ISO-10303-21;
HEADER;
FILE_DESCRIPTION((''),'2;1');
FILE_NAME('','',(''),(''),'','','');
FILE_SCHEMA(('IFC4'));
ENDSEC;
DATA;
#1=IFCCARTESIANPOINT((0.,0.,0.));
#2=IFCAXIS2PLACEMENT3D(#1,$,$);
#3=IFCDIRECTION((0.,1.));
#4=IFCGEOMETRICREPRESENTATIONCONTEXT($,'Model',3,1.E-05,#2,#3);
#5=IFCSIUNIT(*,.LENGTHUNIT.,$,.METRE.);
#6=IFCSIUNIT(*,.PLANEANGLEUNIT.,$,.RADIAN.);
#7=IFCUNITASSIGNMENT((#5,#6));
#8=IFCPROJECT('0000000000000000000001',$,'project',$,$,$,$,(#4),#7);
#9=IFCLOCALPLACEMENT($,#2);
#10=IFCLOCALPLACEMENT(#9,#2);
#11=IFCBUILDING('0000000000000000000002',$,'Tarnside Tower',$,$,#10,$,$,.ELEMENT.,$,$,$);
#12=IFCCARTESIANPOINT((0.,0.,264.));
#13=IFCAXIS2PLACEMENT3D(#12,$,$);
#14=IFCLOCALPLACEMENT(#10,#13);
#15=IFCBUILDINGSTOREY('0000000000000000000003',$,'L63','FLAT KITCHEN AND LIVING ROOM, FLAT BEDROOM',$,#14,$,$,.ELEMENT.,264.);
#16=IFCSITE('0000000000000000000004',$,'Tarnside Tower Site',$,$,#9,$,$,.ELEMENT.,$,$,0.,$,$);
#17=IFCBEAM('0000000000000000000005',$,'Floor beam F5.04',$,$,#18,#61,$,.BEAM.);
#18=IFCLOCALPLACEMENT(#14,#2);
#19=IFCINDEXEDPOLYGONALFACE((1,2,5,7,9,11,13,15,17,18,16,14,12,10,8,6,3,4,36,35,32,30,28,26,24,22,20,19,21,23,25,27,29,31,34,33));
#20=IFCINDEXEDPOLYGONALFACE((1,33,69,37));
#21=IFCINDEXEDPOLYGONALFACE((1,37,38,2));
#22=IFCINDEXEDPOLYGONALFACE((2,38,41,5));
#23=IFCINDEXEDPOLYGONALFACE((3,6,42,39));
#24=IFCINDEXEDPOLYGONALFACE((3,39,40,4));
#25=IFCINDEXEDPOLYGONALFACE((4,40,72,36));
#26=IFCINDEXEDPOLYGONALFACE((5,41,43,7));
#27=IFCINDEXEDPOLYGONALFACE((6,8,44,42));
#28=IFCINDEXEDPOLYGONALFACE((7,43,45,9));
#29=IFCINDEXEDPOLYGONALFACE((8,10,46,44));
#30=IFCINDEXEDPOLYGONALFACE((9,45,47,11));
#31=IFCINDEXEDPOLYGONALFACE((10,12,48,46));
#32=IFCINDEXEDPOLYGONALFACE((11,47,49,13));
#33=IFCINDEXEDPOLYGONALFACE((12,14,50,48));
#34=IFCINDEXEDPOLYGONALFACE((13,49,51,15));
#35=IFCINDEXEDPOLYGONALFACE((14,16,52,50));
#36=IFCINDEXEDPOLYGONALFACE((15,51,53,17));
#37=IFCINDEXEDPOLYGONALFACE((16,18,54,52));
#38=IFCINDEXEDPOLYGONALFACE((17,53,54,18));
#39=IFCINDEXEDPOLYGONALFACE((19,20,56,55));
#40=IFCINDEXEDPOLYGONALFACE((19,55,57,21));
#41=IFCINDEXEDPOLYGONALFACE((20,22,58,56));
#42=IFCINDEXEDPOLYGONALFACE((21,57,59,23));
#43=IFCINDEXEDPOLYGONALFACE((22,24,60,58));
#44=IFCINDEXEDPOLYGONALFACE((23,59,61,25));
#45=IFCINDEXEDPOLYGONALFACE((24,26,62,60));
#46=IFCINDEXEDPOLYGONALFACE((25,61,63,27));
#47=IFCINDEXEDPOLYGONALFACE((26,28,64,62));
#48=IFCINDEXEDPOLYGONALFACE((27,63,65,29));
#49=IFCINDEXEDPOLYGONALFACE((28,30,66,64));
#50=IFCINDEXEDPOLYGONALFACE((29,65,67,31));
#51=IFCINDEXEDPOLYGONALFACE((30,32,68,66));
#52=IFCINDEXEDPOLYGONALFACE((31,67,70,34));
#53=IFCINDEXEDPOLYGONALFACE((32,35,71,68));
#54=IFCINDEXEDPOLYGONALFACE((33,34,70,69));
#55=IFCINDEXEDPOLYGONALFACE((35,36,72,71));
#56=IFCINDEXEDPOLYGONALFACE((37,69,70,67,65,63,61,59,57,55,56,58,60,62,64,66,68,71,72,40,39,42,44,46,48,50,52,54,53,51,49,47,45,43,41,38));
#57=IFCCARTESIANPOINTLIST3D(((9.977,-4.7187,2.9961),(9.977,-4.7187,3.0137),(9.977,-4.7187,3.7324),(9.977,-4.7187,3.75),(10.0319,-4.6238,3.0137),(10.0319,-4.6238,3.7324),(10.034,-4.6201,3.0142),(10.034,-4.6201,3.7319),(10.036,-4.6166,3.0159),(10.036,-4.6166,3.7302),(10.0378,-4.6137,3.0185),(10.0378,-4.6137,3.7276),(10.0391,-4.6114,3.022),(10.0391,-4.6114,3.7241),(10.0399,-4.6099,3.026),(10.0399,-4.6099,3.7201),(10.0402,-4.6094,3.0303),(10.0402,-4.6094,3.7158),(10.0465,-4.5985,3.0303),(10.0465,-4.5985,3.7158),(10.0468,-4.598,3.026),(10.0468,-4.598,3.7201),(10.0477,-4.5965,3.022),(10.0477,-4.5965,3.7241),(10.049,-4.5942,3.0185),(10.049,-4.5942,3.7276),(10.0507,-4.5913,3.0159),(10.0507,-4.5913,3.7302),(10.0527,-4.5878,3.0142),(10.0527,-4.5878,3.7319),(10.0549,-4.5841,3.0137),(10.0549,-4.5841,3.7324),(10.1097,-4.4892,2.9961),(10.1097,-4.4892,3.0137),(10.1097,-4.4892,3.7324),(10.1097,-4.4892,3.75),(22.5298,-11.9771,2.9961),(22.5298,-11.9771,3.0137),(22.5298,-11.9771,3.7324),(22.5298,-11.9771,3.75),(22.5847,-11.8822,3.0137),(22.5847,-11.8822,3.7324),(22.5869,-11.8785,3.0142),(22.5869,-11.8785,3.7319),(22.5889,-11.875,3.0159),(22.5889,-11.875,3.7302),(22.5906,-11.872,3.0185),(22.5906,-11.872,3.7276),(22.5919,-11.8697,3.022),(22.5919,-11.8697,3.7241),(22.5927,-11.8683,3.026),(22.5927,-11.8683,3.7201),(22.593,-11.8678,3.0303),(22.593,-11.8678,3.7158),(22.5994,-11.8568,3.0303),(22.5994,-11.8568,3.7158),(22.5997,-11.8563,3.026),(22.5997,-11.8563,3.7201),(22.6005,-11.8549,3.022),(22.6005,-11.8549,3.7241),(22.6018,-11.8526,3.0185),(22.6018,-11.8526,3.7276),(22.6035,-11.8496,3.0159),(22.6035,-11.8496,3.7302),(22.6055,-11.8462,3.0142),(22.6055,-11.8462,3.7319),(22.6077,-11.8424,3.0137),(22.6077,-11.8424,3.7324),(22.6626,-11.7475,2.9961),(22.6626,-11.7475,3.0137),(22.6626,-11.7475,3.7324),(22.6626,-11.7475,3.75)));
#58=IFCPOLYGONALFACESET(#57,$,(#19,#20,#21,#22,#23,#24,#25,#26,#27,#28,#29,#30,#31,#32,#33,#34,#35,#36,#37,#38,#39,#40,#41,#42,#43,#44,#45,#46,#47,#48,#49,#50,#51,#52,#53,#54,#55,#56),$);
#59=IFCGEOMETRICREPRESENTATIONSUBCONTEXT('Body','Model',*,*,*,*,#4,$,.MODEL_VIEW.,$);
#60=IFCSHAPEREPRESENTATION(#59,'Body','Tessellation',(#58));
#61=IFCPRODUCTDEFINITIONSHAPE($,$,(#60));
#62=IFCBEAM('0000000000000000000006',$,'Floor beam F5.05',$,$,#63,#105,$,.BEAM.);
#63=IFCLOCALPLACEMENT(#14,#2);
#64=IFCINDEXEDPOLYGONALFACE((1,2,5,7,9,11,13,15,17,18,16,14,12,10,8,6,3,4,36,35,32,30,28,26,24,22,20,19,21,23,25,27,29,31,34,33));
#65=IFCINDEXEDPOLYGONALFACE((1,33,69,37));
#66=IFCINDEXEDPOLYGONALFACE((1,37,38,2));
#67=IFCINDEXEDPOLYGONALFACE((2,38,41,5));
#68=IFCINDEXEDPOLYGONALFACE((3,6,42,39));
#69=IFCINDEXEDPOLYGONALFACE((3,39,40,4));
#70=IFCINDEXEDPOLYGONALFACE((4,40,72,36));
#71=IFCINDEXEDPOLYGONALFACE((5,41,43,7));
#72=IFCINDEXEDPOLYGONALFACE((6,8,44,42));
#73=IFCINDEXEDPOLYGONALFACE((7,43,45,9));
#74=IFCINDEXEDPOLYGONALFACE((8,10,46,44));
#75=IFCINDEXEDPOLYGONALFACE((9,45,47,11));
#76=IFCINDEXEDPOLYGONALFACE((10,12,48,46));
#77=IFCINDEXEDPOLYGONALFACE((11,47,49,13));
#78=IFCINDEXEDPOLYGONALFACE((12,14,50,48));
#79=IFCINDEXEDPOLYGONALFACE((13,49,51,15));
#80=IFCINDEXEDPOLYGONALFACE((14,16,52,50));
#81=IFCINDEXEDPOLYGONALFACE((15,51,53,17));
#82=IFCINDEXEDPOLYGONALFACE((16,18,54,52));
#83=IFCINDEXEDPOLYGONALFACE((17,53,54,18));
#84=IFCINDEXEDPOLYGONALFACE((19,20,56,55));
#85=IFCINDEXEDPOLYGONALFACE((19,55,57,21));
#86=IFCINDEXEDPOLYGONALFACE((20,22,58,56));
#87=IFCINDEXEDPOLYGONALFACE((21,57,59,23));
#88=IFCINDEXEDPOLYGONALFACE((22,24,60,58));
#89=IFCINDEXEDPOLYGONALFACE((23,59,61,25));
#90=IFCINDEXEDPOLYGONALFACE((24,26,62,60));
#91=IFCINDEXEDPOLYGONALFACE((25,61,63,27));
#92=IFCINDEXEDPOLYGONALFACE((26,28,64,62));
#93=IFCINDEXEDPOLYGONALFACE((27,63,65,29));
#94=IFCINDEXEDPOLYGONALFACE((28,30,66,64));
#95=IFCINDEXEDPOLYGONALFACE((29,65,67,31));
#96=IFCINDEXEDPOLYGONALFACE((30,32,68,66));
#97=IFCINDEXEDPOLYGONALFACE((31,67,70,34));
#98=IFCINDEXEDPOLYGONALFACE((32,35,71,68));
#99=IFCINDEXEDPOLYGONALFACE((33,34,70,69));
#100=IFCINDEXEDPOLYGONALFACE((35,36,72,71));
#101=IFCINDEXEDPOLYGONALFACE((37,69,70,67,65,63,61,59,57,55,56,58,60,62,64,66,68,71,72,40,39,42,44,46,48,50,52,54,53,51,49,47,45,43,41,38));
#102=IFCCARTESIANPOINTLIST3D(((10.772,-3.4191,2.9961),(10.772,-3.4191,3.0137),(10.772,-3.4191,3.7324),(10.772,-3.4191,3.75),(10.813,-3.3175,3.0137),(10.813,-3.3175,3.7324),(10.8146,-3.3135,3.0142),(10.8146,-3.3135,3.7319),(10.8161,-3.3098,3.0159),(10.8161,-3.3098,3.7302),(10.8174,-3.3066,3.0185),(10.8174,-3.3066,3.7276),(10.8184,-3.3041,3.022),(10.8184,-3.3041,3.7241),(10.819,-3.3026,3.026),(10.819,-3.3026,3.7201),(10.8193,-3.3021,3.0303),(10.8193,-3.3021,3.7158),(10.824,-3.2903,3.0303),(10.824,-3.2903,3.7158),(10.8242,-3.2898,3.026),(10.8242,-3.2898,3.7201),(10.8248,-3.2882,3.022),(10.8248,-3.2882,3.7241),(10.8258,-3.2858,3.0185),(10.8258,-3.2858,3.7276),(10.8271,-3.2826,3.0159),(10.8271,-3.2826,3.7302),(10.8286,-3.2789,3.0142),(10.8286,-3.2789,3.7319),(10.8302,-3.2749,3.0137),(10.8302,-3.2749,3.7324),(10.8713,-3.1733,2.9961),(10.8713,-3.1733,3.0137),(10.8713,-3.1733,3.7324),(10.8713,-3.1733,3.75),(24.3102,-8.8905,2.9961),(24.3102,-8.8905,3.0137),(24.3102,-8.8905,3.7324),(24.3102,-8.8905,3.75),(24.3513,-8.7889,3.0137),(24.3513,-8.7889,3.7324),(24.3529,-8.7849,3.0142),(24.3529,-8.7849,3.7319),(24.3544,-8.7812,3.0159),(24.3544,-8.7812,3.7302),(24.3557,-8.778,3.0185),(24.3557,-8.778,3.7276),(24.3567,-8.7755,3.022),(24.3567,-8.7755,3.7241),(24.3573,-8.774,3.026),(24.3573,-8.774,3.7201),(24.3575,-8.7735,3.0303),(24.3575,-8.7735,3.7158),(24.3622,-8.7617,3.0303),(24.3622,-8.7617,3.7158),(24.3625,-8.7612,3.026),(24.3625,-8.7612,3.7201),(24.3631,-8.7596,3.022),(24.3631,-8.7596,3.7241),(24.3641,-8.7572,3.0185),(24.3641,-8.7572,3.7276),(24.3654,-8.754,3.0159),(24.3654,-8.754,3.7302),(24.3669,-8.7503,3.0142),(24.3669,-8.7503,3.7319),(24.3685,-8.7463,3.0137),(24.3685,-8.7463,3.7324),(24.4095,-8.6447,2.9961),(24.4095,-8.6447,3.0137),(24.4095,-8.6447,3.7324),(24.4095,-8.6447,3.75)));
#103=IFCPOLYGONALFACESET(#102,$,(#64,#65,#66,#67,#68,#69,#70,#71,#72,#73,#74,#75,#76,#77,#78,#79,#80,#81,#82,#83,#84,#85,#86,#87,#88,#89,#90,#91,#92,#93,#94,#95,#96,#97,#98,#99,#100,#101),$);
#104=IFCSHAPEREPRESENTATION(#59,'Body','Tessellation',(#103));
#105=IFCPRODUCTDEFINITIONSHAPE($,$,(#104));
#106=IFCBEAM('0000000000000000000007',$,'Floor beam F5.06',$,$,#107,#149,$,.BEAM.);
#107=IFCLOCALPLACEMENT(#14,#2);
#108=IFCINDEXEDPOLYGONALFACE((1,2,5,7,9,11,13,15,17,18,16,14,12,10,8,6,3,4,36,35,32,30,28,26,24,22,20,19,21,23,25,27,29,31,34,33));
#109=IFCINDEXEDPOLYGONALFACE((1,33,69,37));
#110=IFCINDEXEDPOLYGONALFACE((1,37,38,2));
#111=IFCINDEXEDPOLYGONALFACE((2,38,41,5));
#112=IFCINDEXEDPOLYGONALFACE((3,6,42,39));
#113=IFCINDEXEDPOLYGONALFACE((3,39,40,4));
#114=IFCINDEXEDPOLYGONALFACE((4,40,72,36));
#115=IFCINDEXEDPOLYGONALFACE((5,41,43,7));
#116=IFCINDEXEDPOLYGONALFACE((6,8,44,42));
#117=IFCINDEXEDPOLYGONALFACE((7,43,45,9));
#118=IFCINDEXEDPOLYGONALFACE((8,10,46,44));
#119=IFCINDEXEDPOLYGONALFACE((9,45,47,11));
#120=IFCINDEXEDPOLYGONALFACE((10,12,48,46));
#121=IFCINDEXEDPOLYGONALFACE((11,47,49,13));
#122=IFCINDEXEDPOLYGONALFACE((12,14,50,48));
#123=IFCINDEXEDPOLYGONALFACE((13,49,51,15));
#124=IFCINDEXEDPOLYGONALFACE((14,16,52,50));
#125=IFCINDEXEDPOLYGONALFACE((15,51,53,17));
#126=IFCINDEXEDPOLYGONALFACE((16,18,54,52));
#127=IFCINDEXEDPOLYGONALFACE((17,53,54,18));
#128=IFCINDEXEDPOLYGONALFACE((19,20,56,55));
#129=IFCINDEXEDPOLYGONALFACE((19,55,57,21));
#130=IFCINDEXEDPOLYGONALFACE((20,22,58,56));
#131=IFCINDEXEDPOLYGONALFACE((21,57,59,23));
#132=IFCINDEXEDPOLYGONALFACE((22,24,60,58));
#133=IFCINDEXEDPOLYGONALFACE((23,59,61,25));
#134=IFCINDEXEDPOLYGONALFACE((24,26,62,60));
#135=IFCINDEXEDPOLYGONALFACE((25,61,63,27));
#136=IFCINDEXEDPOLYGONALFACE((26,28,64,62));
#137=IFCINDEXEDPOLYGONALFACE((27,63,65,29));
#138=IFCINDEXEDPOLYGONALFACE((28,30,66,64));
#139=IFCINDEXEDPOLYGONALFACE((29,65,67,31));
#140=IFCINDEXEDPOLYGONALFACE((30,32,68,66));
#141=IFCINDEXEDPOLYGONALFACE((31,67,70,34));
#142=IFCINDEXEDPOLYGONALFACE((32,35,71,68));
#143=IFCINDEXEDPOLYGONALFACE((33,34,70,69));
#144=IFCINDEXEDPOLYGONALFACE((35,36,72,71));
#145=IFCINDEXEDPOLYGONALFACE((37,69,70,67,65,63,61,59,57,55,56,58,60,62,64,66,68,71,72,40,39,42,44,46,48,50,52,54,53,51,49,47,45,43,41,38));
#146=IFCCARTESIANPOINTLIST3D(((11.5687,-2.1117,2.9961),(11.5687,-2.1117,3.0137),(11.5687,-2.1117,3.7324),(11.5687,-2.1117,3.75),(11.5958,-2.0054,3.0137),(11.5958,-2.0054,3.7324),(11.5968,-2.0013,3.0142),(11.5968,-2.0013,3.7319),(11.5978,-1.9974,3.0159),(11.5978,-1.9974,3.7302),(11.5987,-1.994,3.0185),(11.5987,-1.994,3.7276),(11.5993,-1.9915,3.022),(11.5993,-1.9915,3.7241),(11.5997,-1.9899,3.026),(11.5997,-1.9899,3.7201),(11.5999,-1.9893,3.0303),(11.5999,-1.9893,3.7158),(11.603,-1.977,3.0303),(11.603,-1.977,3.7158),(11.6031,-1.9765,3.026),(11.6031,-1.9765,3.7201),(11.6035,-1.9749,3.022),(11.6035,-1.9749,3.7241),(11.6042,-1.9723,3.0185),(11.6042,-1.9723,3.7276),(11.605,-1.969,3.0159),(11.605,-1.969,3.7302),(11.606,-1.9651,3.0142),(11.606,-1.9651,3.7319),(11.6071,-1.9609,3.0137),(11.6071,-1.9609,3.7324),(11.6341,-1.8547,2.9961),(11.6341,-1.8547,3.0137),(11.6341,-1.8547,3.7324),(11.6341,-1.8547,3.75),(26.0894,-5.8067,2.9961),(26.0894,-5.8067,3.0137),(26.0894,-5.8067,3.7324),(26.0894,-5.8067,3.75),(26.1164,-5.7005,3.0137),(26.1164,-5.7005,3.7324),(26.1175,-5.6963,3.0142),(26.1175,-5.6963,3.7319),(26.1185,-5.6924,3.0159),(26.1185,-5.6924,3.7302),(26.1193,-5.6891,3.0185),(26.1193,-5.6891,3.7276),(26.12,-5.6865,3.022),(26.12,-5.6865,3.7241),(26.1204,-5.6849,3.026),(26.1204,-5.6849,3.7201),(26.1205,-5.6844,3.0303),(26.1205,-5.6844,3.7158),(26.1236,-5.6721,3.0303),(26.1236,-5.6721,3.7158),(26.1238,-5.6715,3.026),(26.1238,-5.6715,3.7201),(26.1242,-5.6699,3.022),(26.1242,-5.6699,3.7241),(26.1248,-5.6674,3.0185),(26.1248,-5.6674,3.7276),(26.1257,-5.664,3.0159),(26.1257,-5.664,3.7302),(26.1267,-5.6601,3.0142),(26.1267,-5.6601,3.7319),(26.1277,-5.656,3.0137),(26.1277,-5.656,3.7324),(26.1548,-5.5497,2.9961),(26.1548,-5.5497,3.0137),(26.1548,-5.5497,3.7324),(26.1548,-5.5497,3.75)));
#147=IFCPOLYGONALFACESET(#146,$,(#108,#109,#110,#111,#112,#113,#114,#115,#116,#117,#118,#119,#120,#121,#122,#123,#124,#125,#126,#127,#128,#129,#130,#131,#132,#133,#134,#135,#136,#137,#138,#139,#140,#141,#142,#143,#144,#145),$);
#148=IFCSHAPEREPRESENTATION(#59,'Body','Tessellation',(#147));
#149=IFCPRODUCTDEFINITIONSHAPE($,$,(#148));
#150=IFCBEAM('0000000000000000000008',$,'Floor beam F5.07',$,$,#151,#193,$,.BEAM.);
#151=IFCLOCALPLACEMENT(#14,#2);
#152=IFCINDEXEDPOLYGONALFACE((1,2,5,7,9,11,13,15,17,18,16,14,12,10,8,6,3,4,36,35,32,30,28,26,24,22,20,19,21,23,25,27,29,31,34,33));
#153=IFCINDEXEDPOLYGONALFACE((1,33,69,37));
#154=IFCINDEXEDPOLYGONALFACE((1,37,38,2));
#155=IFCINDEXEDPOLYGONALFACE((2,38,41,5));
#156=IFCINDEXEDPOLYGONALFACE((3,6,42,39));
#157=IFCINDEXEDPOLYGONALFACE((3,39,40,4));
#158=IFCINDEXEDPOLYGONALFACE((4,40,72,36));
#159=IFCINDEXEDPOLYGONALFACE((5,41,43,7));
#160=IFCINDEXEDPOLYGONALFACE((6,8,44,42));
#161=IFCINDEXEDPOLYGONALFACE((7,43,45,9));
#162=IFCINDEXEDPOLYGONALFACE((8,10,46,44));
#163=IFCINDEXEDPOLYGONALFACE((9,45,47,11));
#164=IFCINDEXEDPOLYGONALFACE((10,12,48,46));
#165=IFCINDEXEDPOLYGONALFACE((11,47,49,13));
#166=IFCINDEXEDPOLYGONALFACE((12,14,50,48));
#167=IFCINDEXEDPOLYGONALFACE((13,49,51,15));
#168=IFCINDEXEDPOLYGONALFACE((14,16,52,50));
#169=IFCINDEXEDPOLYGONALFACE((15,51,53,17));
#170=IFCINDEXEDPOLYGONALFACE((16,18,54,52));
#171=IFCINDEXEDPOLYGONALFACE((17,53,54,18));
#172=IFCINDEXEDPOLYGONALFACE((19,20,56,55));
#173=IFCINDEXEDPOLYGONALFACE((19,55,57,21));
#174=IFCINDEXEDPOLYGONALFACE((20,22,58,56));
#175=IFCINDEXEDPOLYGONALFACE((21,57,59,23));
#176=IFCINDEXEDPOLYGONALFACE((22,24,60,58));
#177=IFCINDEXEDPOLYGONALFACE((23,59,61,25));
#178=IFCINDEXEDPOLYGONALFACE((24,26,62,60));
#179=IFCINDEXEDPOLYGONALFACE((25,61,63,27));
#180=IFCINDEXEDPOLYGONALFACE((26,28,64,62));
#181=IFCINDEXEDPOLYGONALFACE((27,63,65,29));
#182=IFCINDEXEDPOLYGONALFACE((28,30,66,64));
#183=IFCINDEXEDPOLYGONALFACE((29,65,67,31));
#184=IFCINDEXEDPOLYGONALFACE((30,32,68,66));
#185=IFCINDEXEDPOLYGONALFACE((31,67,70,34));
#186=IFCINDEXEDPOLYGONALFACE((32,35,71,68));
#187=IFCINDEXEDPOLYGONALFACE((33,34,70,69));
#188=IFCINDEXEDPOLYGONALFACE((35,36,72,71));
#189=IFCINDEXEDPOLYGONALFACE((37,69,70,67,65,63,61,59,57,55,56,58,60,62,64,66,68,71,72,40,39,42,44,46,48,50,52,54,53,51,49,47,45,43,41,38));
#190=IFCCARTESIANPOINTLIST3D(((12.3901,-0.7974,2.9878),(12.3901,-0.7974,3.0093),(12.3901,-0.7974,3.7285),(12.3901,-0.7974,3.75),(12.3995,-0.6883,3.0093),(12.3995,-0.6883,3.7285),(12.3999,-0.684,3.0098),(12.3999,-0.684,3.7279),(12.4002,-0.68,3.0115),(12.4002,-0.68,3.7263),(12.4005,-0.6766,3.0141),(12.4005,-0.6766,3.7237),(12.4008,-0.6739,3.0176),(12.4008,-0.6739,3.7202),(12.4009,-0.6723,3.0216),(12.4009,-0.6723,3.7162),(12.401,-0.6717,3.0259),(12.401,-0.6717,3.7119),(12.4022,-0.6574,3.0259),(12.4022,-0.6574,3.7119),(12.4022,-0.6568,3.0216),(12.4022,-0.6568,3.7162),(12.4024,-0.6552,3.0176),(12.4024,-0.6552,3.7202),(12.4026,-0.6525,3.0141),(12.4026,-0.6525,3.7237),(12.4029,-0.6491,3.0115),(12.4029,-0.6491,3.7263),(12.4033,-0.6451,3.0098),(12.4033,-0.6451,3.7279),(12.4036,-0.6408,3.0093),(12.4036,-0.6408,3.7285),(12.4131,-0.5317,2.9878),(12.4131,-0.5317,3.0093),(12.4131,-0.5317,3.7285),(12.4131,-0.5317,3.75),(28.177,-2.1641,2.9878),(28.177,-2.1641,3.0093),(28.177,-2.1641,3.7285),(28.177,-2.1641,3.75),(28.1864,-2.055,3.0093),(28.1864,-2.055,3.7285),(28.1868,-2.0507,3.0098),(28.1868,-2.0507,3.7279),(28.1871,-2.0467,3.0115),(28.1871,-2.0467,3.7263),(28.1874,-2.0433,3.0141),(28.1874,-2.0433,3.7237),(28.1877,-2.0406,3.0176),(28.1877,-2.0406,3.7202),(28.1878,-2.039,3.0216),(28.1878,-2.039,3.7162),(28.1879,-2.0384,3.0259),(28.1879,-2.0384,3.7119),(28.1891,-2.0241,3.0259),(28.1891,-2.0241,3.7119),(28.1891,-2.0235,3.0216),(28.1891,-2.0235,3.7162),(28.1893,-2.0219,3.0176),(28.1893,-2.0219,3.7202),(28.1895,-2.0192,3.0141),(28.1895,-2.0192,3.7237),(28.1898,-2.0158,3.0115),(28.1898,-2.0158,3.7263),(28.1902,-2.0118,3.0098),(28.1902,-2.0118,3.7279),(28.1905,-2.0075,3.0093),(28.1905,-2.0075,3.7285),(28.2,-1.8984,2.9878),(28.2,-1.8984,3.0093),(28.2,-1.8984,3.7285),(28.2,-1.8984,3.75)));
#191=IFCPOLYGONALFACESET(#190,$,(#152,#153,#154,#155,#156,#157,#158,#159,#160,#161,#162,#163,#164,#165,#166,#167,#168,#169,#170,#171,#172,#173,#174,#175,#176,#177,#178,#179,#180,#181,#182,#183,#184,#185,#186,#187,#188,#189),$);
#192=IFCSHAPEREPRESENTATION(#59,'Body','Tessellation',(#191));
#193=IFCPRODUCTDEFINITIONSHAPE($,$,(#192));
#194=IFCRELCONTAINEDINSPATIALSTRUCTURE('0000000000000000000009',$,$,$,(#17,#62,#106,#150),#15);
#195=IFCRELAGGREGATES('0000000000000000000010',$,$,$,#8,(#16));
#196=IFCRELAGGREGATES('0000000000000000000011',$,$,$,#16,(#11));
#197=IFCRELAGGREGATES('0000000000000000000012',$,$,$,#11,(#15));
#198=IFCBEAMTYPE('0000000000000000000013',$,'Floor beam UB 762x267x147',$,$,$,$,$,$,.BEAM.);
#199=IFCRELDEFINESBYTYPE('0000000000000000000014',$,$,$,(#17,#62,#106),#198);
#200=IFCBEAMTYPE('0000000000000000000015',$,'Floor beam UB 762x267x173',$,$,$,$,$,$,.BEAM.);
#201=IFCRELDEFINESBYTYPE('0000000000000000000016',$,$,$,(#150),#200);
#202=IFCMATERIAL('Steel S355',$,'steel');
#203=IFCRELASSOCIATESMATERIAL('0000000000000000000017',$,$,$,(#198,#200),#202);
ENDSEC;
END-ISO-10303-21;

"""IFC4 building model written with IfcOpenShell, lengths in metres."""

from ifc_helpers import new_model, si_unit, direction, frame, origin, origin_2d, place, context, subcontext, project, spatial, i_section, extrude, material, material_profile, profile_set, type_object, element, save


model = new_model("IFC4")

# Units and contexts
model_context = context("Model", 3, precision=1e-05, world=origin(), true_north=direction((0.0, 1.0)))
body_context = subcontext(model_context, "Body", "Model", "MODEL_VIEW")
ifc_project = project(units=[si_unit("LENGTHUNIT", "METRE"), si_unit("PLANEANGLEUNIT", "RADIAN")], contexts=[model_context])

# Site, building, storey
site_placement = place(None, origin())
site = spatial("IfcSite", under=ifc_project, at=site_placement, Name="Tarnside Tower Site", CompositionType="ELEMENT", RefElevation=0.0)
building_placement = place(site_placement, origin())
building = spatial("IfcBuilding", under=site, at=building_placement, Name="Tarnside Tower", CompositionType="ELEMENT")
storey_placement = place(building_placement, frame((0.0, 0.0, 264.0)))
storey = spatial("IfcBuildingStorey", under=building, at=storey_placement, Name="L63", Description="FLAT KITCHEN AND LIVING ROOM, FLAT BEDROOM", CompositionType="ELEMENT", Elevation=264.0)

# Beams
ifc_material_1 = material(Name="Steel S355", Category="steel")
ifc_material_profile_1 = material_profile(ifc_material_1, i_section(OverallWidth=0.2651, OverallDepth=0.7539, WebThickness=0.0127, FlangeThickness=0.0176, FilletRadius=0.0166, at=origin_2d()), Name="UB 762x267x147")
ifc_profile_set_1 = profile_set([ifc_material_profile_1], Name="Steel S355")
beam_type_1 = type_object("IfcBeamType", Name="Floor beam UB 762x267x147", PredefinedType="BEAM", material=ifc_profile_set_1)
beam_1_placement = place(storey_placement, frame((22.5962, -11.8623, 3.373), z_axis=(-0.865697, 0.500568, 0.0), x_axis=(-0.500568, -0.865697, 0.0)))
element("IfcBeam", 1, at=beam_1_placement, inside=storey, type_object=beam_type_1, Name="Floor beam F5.04", PredefinedType="BEAM", context=body_context, shape_type="SweptSolid", body=[
    extrude(i_section(OverallWidth=0.2651, OverallDepth=0.7539, WebThickness=0.0127, FlangeThickness=0.0176, FilletRadius=0.0166, at=origin_2d()), origin(), (0.0, 0.0, 1.0), 14.5002),
])
beam_2_placement = place(storey_placement, frame((24.3599, -8.7676, 3.373), z_axis=(-0.927146, 0.374701, 0.0), x_axis=(-0.374701, -0.927146, 0.0)))
element("IfcBeam", 2, at=beam_2_placement, inside=storey, type_object=beam_type_1, Name="Floor beam F5.05", PredefinedType="BEAM", context=body_context, shape_type="SweptSolid", body=[
    extrude(i_section(OverallWidth=0.2651, OverallDepth=0.7539, WebThickness=0.0127, FlangeThickness=0.0176, FilletRadius=0.0166, at=origin_2d()), origin(), (0.0, 0.0, 1.0), 14.6021),
])
beam_3_placement = place(storey_placement, frame((26.1221, -5.6782, 3.373), z_axis=(-0.969115, 0.246609, 0.0), x_axis=(-0.246609, -0.969115, 0.0)))
element("IfcBeam", 3, at=beam_3_placement, inside=storey, type_object=beam_type_1, Name="Floor beam F5.06", PredefinedType="BEAM", context=body_context, shape_type="SweptSolid", body=[
    extrude(i_section(OverallWidth=0.2651, OverallDepth=0.7539, WebThickness=0.0127, FlangeThickness=0.0176, FilletRadius=0.0166, at=origin_2d()), origin(), (0.0, 0.0, 1.0), 14.9834),
])
ifc_material_profile_2 = material_profile(ifc_material_1, i_section(OverallWidth=0.2666, OverallDepth=0.7622, WebThickness=0.0144, FlangeThickness=0.0215, FilletRadius=0.0166, at=origin_2d()), Name="UB 762x267x173")
ifc_profile_set_2 = profile_set([ifc_material_profile_2], Name="Steel S355")
beam_type_2 = type_object("IfcBeamType", Name="Floor beam UB 762x267x173", PredefinedType="BEAM", material=ifc_profile_set_2)
beam_4_placement = place(storey_placement, frame((28.1885, -2.0312, 3.3689), z_axis=(-0.996274, 0.086249, 0.0), x_axis=(-0.086249, -0.996274, 0.0)))
element("IfcBeam", 4, at=beam_4_placement, inside=storey, type_object=beam_type_2, Name="Floor beam F5.07", PredefinedType="BEAM", context=body_context, shape_type="SweptSolid", body=[
    extrude(i_section(OverallWidth=0.2666, OverallDepth=0.7622, WebThickness=0.0144, FlangeThickness=0.0215, FilletRadius=0.0166, at=origin_2d()), origin(), (0.0, 0.0, 1.0), 15.8459),
])

save(model, "model.ifc")
